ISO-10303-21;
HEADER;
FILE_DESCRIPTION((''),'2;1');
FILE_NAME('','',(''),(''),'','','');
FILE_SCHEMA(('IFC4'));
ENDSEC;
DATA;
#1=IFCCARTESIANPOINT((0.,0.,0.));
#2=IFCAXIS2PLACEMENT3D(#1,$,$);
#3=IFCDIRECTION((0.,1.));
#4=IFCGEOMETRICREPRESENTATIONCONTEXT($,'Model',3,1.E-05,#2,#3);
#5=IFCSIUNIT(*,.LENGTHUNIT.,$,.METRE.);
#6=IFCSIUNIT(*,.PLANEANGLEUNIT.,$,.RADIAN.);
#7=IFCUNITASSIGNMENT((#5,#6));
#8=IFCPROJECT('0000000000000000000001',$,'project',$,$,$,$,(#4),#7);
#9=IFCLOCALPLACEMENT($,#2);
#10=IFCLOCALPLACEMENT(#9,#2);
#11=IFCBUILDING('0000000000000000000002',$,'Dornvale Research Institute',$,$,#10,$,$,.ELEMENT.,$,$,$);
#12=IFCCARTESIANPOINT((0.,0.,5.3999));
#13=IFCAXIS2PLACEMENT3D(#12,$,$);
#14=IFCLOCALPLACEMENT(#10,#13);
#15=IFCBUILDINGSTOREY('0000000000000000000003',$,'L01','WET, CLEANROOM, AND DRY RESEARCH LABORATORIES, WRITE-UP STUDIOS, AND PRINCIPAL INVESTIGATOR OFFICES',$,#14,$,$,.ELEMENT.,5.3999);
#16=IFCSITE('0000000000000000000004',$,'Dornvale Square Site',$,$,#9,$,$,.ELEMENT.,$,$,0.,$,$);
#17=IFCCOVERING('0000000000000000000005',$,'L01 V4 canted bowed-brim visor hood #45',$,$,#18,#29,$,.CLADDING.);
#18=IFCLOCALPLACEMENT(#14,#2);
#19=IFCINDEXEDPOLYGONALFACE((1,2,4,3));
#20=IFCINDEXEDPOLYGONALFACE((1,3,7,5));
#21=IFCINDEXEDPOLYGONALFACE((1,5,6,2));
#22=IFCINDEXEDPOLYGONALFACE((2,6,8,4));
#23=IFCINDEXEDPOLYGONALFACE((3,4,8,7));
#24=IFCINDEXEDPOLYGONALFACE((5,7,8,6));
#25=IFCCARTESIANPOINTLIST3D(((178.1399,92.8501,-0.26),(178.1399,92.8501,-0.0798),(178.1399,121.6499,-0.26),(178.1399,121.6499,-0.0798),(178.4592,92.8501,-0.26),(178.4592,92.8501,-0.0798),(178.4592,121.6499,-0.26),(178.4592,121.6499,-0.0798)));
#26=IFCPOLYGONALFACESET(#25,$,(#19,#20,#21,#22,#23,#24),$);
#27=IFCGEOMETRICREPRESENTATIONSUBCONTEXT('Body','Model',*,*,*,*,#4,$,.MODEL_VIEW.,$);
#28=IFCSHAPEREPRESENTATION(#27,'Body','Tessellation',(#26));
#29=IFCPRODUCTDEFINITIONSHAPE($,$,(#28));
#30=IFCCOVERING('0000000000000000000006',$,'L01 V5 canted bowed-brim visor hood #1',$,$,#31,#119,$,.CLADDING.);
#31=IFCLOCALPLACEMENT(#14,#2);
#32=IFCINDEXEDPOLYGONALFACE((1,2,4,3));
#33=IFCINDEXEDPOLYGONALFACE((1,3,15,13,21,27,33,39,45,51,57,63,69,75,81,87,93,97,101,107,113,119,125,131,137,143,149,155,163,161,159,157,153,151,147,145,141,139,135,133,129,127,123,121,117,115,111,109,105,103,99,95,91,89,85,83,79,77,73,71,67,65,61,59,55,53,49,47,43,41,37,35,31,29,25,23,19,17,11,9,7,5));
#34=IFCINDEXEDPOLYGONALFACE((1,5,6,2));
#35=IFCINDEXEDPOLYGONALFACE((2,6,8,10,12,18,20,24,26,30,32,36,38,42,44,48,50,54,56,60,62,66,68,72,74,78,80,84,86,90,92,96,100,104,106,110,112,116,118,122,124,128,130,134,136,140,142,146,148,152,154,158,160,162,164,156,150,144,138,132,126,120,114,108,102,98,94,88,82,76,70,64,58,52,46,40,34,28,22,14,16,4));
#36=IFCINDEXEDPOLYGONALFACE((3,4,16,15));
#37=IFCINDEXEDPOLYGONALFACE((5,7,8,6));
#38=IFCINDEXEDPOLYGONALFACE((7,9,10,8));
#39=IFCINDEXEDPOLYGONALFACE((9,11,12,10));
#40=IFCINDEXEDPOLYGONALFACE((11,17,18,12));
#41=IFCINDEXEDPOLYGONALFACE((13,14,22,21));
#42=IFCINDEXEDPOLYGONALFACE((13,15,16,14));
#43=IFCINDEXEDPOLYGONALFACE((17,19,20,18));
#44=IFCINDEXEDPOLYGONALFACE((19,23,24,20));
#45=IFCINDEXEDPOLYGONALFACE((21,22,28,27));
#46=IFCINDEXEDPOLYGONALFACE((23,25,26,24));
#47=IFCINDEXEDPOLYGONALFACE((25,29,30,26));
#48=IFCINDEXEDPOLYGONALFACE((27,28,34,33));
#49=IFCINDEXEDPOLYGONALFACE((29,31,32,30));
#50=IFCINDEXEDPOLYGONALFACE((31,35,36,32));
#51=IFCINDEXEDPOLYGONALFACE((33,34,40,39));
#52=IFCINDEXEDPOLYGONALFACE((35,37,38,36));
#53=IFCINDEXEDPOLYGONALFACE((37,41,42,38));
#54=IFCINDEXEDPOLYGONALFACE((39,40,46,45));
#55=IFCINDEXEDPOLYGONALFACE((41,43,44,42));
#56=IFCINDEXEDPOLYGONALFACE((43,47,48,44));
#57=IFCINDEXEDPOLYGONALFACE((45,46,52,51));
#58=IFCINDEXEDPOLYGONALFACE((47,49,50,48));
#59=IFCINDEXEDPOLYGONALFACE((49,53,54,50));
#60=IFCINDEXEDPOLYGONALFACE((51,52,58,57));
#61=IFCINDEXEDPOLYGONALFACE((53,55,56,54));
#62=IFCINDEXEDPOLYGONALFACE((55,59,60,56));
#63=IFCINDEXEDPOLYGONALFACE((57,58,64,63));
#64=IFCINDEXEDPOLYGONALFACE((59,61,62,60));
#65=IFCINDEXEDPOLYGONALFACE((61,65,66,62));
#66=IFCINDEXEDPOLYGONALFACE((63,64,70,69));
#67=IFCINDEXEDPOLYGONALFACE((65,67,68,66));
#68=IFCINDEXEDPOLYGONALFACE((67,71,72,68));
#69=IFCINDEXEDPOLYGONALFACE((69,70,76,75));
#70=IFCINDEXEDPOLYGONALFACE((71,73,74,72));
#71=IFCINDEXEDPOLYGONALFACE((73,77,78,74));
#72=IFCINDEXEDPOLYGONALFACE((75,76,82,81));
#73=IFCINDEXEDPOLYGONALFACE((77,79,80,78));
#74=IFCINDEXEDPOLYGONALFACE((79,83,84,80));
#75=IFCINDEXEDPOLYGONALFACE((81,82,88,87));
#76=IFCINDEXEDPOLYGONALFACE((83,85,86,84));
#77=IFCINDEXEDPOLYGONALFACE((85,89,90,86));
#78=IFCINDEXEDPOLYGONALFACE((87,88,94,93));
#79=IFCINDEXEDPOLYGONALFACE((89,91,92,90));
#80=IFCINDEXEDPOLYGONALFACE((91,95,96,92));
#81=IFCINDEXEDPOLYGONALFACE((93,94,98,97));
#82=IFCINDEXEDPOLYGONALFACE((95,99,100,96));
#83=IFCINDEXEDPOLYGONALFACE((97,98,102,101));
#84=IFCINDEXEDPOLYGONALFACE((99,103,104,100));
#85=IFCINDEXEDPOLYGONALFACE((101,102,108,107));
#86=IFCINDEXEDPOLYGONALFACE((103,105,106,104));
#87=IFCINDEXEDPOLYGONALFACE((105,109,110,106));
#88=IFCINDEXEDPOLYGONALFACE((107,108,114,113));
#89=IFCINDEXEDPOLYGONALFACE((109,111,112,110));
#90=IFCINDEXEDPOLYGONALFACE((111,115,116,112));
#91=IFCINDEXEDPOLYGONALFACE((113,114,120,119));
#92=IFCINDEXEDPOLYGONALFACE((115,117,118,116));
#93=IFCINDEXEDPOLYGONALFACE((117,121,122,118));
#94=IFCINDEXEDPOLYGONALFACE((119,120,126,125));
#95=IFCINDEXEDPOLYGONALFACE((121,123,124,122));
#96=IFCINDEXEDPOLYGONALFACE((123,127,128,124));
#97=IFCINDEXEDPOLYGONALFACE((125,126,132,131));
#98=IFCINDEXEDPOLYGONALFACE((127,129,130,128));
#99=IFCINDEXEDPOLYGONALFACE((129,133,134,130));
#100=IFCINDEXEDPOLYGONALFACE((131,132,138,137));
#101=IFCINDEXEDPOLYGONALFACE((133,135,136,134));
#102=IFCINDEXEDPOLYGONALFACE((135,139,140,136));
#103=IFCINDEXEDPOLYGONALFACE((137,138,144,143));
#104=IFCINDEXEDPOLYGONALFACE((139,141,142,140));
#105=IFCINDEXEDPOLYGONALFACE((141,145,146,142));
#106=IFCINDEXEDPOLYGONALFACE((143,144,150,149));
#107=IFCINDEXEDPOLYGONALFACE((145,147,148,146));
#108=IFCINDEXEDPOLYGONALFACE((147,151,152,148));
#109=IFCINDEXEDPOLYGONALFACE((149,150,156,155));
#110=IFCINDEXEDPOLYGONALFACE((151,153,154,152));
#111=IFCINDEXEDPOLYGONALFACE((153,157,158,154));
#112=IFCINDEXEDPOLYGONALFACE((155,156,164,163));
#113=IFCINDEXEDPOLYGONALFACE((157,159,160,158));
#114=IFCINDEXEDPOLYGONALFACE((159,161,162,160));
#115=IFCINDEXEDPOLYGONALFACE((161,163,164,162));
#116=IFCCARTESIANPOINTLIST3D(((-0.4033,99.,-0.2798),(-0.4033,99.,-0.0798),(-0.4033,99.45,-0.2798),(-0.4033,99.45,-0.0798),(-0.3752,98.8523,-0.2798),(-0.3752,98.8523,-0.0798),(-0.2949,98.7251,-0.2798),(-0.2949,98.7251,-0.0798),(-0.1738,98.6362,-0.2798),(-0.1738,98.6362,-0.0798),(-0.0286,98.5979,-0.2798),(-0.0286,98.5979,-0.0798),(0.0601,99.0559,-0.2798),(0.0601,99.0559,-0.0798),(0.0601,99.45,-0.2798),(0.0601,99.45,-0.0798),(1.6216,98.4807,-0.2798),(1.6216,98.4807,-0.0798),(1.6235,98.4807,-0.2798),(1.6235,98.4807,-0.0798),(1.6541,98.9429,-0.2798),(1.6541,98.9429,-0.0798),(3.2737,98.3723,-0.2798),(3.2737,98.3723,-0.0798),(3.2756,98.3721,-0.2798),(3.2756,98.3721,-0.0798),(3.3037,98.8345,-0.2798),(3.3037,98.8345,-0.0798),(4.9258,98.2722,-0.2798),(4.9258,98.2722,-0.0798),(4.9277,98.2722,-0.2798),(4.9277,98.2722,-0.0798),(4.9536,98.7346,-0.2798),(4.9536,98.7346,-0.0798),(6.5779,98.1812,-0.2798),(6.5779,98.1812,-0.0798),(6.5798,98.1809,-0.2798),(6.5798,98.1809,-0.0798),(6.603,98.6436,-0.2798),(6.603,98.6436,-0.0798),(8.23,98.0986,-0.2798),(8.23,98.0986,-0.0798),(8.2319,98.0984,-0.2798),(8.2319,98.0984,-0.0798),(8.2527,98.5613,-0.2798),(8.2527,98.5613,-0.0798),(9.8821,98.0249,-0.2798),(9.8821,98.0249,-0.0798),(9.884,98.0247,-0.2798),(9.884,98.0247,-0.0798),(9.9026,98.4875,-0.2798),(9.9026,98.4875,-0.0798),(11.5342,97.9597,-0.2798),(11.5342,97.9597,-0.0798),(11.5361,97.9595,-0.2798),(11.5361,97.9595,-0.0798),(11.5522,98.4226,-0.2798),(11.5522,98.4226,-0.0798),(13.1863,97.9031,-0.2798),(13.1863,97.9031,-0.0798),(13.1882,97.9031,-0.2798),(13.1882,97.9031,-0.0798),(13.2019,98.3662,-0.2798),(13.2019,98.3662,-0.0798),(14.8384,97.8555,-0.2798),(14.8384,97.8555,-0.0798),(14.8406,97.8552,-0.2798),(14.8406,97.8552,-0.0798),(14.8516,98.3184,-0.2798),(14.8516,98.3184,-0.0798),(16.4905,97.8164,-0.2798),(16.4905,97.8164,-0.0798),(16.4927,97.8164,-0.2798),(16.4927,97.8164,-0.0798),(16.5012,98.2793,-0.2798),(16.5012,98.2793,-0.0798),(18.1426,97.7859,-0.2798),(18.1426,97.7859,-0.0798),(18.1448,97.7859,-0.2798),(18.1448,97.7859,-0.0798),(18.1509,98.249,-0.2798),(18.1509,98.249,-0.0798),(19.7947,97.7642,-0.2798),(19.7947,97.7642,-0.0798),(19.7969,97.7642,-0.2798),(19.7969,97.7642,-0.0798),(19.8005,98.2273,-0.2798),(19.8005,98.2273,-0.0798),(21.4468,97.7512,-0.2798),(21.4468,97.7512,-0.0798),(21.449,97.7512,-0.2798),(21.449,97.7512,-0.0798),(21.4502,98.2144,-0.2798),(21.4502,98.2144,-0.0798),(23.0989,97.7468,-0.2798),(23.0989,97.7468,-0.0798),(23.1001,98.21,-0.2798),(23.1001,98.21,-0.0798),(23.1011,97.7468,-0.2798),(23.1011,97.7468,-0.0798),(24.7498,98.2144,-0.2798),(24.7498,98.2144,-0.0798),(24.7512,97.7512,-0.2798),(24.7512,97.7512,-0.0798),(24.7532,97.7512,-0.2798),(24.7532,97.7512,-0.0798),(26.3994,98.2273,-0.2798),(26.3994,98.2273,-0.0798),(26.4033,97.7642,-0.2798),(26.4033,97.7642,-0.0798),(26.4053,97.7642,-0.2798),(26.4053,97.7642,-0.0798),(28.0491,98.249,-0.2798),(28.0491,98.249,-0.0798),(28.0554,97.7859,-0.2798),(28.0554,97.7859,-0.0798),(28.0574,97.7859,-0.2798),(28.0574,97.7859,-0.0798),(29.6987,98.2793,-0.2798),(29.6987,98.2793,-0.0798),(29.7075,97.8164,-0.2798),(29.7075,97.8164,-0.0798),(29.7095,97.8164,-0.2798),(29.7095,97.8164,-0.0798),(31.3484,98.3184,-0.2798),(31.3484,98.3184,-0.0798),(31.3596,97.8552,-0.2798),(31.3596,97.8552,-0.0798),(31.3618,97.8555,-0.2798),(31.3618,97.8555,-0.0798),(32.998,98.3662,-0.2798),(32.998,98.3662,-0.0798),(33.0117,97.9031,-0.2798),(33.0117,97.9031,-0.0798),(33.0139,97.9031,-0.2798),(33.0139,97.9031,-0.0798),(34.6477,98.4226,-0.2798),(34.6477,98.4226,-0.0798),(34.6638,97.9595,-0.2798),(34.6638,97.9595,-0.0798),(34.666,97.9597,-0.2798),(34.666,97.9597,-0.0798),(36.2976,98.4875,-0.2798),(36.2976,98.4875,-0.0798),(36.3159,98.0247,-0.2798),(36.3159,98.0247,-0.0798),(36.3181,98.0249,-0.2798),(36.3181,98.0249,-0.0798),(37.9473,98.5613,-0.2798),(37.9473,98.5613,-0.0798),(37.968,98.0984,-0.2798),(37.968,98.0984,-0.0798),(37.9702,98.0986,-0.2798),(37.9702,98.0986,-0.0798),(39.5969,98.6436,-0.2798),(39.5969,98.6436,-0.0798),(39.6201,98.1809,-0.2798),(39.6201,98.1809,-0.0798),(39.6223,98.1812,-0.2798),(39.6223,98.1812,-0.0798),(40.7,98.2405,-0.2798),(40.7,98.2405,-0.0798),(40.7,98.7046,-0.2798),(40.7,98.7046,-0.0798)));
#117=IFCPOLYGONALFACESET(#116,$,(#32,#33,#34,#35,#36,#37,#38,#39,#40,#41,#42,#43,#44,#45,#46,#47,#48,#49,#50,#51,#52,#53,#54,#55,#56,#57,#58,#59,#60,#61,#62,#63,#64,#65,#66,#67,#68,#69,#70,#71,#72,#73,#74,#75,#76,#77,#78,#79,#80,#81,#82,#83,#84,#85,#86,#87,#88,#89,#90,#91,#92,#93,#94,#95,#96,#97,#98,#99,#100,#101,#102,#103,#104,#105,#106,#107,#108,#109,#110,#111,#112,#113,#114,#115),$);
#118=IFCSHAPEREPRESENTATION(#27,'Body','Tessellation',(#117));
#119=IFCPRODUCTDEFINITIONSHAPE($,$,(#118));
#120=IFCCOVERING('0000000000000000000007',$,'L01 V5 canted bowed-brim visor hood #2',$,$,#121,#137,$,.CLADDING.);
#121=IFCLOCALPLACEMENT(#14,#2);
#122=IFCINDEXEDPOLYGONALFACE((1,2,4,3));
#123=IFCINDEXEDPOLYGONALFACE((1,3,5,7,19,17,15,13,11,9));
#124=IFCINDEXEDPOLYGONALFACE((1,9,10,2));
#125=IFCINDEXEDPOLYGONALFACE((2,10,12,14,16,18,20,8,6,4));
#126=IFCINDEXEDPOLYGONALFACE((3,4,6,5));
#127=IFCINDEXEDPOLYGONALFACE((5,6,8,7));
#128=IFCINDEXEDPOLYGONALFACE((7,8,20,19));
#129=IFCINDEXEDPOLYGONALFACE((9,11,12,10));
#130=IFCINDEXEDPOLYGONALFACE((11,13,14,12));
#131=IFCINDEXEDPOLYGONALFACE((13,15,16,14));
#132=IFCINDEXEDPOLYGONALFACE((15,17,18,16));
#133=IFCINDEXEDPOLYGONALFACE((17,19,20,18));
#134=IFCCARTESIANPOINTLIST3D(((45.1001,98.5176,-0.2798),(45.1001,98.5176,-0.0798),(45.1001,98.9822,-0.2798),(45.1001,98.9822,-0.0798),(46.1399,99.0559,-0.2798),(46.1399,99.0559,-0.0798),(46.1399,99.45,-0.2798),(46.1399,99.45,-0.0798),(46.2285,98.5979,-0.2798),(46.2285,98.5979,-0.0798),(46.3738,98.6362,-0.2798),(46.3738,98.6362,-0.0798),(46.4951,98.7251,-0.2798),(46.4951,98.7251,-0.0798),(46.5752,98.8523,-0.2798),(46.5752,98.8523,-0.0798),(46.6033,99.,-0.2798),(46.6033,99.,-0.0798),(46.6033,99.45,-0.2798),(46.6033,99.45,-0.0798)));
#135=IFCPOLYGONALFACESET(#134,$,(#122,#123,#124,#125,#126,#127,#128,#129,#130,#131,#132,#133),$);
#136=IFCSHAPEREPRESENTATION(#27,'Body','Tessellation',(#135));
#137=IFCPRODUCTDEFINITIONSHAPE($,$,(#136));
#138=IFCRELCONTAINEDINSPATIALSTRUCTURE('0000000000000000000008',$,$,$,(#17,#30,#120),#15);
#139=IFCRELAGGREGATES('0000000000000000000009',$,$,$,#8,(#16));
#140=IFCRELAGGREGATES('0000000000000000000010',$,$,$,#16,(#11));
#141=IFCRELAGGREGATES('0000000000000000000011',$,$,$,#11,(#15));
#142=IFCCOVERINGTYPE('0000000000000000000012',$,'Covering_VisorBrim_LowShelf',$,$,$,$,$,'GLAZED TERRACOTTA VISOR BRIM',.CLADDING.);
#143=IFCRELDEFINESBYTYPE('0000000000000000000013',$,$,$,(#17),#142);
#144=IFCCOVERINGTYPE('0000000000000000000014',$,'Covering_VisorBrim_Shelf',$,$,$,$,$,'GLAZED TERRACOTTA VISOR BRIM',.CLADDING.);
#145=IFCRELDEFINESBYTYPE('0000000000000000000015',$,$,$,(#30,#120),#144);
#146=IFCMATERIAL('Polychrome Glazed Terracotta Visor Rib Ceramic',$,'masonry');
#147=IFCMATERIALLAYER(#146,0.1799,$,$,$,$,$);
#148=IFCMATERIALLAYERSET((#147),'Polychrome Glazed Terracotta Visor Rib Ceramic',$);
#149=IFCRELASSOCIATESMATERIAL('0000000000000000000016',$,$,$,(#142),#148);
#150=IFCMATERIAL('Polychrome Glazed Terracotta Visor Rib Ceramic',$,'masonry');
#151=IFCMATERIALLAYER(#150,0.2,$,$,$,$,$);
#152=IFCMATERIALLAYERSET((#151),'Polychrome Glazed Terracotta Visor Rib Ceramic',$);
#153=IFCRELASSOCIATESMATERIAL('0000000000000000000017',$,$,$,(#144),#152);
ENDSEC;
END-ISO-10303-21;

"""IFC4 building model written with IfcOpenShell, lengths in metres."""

from ifc_helpers import new_model, si_unit, direction, frame, origin, place, context, subcontext, project, spatial, polyline, outline, extrude, material, layer, layer_set, type_object, element, save


model = new_model("IFC4")

# Units and contexts
model_context = context("Model", 3, precision=1e-05, world=origin(), true_north=direction((0.0, 1.0)))
body_context = subcontext(model_context, "Body", "Model", "MODEL_VIEW")
ifc_project = project(units=[si_unit("LENGTHUNIT", "METRE"), si_unit("PLANEANGLEUNIT", "RADIAN")], contexts=[model_context])

# Site, building, storey
site_placement = place(None, origin())
site = spatial("IfcSite", under=ifc_project, at=site_placement, Name="Dornvale Square Site", CompositionType="ELEMENT", RefElevation=0.0)
building_placement = place(site_placement, origin())
building = spatial("IfcBuilding", under=site, at=building_placement, Name="Dornvale Research Institute", CompositionType="ELEMENT")
storey_placement = place(building_placement, frame((0.0, 0.0, 5.3999)))
storey = spatial("IfcBuildingStorey", under=building, at=storey_placement, Name="L01", Description="WET, CLEANROOM, AND DRY RESEARCH LABORATORIES, WRITE-UP STUDIOS, AND PRINCIPAL INVESTIGATOR OFFICES", CompositionType="ELEMENT", Elevation=5.3999)

# Coverings
ifc_material_1 = material(Name="Polychrome Glazed Terracotta Visor Rib Ceramic", Category="masonry")
ifc_layer_1 = layer(ifc_material_1, 0.1799)
ifc_layer_set_1 = layer_set([ifc_layer_1], Name="Polychrome Glazed Terracotta Visor Rib Ceramic")
covering_type_1 = type_object("IfcCoveringType", Name="Covering_VisorBrim_LowShelf", ElementType="GLAZED TERRACOTTA VISOR BRIM", PredefinedType="CLADDING", material=ifc_layer_set_1)
covering_1_placement = place(storey_placement, frame((0.0, 0.0, -0.26)))
element("IfcCovering", 1, at=covering_1_placement, inside=storey, type_object=covering_type_1, Name="L01 V4 canted bowed-brim visor hood #45", PredefinedType="CLADDING", context=body_context, shape_type="SweptSolid", body=[
    extrude(outline(polyline([(178.4592, 92.8501), (178.1399, 92.8501), (178.1399, 121.6499), (178.4592, 121.6499), (178.4592, 92.8501)])), origin(), (0.0, 0.0, 1.0), 0.1802),
])
ifc_material_2 = material(Name="Polychrome Glazed Terracotta Visor Rib Ceramic", Category="masonry")
ifc_layer_2 = layer(ifc_material_2, 0.2)
ifc_layer_set_2 = layer_set([ifc_layer_2], Name="Polychrome Glazed Terracotta Visor Rib Ceramic")
covering_type_2 = type_object("IfcCoveringType", Name="Covering_VisorBrim_Shelf", ElementType="GLAZED TERRACOTTA VISOR BRIM", PredefinedType="CLADDING", material=ifc_layer_set_2)
covering_2_placement = place(storey_placement, frame((0.0, 0.0, -0.2798)))
element("IfcCovering", 2, at=covering_2_placement, inside=storey, type_object=covering_type_2, Name="L01 V5 canted bowed-brim visor hood #1", PredefinedType="CLADDING", context=body_context, shape_type="SweptSolid", body=[
    extrude(outline(polyline([(0.0601, 99.0559), (1.6541, 98.9429), (3.3037, 98.8345), (4.9536, 98.7346), (6.603, 98.6436), (8.2527, 98.5613), (9.9026, 98.4875), (11.5522, 98.4226), (13.2019, 98.3662), (14.8516, 98.3184), (16.5012, 98.2793), (18.1509, 98.249), (19.8005, 98.2273), (21.4502, 98.2144), (23.1001, 98.21), (24.7498, 98.2144), (26.3994, 98.2273), (28.0491, 98.249), (29.6987, 98.2793), (31.3484, 98.3184), (32.998, 98.3662), (34.6477, 98.4226), (36.2976, 98.4875), (37.9473, 98.5613), (39.5969, 98.6436), (40.7, 98.7046), (40.7, 98.2405), (39.6223, 98.1812), (39.6201, 98.1809), (37.9702, 98.0986), (37.968, 98.0984), (36.3181, 98.0249), (36.3159, 98.0247), (34.666, 97.9597), (34.6638, 97.9595), (33.0139, 97.9031), (33.0117, 97.9031), (31.3618, 97.8555), (31.3596, 97.8552), (29.7095, 97.8164), (29.7075, 97.8164), (28.0574, 97.7859), (28.0554, 97.7859), (26.4053, 97.7642), (26.4033, 97.7642), (24.7532, 97.7512), (24.7512, 97.7512), (23.1011, 97.7468), (23.0989, 97.7468), (21.449, 97.7512), (21.4468, 97.7512), (19.7969, 97.7642), (19.7947, 97.7642), (18.1448, 97.7859), (18.1426, 97.7859), (16.4927, 97.8164), (16.4905, 97.8164), (14.8406, 97.8552), (14.8384, 97.8555), (13.1882, 97.9031), (13.1863, 97.9031), (11.5361, 97.9595), (11.5342, 97.9597), (9.884, 98.0247), (9.8821, 98.0249), (8.2319, 98.0984), (8.23, 98.0986), (6.5798, 98.1809), (6.5779, 98.1812), (4.9277, 98.2722), (4.9258, 98.2722), (3.2756, 98.3721), (3.2737, 98.3723), (1.6235, 98.4807), (1.6216, 98.4807), (-0.0286, 98.5979), (-0.1738, 98.6362), (-0.2949, 98.7251), (-0.3752, 98.8523), (-0.4033, 99.0), (-0.4033, 99.45), (0.0601, 99.45), (0.0601, 99.0559)])), origin(), (0.0, 0.0, 1.0), 0.2),
])
covering_3_placement = place(storey_placement, frame((0.0, 0.0, -0.2798)))
element("IfcCovering", 3, at=covering_3_placement, inside=storey, type_object=covering_type_2, Name="L01 V5 canted bowed-brim visor hood #2", PredefinedType="CLADDING", context=body_context, shape_type="SweptSolid", body=[
    extrude(outline(polyline([(46.4951, 98.7251), (46.3738, 98.6362), (46.2285, 98.5979), (45.1001, 98.5176), (45.1001, 98.9822), (46.1399, 99.0559), (46.1399, 99.45), (46.6033, 99.45), (46.6033, 99.0), (46.5752, 98.8523), (46.4951, 98.7251)])), origin(), (0.0, 0.0, 1.0), 0.2),
])

save(model, "model.ifc")
